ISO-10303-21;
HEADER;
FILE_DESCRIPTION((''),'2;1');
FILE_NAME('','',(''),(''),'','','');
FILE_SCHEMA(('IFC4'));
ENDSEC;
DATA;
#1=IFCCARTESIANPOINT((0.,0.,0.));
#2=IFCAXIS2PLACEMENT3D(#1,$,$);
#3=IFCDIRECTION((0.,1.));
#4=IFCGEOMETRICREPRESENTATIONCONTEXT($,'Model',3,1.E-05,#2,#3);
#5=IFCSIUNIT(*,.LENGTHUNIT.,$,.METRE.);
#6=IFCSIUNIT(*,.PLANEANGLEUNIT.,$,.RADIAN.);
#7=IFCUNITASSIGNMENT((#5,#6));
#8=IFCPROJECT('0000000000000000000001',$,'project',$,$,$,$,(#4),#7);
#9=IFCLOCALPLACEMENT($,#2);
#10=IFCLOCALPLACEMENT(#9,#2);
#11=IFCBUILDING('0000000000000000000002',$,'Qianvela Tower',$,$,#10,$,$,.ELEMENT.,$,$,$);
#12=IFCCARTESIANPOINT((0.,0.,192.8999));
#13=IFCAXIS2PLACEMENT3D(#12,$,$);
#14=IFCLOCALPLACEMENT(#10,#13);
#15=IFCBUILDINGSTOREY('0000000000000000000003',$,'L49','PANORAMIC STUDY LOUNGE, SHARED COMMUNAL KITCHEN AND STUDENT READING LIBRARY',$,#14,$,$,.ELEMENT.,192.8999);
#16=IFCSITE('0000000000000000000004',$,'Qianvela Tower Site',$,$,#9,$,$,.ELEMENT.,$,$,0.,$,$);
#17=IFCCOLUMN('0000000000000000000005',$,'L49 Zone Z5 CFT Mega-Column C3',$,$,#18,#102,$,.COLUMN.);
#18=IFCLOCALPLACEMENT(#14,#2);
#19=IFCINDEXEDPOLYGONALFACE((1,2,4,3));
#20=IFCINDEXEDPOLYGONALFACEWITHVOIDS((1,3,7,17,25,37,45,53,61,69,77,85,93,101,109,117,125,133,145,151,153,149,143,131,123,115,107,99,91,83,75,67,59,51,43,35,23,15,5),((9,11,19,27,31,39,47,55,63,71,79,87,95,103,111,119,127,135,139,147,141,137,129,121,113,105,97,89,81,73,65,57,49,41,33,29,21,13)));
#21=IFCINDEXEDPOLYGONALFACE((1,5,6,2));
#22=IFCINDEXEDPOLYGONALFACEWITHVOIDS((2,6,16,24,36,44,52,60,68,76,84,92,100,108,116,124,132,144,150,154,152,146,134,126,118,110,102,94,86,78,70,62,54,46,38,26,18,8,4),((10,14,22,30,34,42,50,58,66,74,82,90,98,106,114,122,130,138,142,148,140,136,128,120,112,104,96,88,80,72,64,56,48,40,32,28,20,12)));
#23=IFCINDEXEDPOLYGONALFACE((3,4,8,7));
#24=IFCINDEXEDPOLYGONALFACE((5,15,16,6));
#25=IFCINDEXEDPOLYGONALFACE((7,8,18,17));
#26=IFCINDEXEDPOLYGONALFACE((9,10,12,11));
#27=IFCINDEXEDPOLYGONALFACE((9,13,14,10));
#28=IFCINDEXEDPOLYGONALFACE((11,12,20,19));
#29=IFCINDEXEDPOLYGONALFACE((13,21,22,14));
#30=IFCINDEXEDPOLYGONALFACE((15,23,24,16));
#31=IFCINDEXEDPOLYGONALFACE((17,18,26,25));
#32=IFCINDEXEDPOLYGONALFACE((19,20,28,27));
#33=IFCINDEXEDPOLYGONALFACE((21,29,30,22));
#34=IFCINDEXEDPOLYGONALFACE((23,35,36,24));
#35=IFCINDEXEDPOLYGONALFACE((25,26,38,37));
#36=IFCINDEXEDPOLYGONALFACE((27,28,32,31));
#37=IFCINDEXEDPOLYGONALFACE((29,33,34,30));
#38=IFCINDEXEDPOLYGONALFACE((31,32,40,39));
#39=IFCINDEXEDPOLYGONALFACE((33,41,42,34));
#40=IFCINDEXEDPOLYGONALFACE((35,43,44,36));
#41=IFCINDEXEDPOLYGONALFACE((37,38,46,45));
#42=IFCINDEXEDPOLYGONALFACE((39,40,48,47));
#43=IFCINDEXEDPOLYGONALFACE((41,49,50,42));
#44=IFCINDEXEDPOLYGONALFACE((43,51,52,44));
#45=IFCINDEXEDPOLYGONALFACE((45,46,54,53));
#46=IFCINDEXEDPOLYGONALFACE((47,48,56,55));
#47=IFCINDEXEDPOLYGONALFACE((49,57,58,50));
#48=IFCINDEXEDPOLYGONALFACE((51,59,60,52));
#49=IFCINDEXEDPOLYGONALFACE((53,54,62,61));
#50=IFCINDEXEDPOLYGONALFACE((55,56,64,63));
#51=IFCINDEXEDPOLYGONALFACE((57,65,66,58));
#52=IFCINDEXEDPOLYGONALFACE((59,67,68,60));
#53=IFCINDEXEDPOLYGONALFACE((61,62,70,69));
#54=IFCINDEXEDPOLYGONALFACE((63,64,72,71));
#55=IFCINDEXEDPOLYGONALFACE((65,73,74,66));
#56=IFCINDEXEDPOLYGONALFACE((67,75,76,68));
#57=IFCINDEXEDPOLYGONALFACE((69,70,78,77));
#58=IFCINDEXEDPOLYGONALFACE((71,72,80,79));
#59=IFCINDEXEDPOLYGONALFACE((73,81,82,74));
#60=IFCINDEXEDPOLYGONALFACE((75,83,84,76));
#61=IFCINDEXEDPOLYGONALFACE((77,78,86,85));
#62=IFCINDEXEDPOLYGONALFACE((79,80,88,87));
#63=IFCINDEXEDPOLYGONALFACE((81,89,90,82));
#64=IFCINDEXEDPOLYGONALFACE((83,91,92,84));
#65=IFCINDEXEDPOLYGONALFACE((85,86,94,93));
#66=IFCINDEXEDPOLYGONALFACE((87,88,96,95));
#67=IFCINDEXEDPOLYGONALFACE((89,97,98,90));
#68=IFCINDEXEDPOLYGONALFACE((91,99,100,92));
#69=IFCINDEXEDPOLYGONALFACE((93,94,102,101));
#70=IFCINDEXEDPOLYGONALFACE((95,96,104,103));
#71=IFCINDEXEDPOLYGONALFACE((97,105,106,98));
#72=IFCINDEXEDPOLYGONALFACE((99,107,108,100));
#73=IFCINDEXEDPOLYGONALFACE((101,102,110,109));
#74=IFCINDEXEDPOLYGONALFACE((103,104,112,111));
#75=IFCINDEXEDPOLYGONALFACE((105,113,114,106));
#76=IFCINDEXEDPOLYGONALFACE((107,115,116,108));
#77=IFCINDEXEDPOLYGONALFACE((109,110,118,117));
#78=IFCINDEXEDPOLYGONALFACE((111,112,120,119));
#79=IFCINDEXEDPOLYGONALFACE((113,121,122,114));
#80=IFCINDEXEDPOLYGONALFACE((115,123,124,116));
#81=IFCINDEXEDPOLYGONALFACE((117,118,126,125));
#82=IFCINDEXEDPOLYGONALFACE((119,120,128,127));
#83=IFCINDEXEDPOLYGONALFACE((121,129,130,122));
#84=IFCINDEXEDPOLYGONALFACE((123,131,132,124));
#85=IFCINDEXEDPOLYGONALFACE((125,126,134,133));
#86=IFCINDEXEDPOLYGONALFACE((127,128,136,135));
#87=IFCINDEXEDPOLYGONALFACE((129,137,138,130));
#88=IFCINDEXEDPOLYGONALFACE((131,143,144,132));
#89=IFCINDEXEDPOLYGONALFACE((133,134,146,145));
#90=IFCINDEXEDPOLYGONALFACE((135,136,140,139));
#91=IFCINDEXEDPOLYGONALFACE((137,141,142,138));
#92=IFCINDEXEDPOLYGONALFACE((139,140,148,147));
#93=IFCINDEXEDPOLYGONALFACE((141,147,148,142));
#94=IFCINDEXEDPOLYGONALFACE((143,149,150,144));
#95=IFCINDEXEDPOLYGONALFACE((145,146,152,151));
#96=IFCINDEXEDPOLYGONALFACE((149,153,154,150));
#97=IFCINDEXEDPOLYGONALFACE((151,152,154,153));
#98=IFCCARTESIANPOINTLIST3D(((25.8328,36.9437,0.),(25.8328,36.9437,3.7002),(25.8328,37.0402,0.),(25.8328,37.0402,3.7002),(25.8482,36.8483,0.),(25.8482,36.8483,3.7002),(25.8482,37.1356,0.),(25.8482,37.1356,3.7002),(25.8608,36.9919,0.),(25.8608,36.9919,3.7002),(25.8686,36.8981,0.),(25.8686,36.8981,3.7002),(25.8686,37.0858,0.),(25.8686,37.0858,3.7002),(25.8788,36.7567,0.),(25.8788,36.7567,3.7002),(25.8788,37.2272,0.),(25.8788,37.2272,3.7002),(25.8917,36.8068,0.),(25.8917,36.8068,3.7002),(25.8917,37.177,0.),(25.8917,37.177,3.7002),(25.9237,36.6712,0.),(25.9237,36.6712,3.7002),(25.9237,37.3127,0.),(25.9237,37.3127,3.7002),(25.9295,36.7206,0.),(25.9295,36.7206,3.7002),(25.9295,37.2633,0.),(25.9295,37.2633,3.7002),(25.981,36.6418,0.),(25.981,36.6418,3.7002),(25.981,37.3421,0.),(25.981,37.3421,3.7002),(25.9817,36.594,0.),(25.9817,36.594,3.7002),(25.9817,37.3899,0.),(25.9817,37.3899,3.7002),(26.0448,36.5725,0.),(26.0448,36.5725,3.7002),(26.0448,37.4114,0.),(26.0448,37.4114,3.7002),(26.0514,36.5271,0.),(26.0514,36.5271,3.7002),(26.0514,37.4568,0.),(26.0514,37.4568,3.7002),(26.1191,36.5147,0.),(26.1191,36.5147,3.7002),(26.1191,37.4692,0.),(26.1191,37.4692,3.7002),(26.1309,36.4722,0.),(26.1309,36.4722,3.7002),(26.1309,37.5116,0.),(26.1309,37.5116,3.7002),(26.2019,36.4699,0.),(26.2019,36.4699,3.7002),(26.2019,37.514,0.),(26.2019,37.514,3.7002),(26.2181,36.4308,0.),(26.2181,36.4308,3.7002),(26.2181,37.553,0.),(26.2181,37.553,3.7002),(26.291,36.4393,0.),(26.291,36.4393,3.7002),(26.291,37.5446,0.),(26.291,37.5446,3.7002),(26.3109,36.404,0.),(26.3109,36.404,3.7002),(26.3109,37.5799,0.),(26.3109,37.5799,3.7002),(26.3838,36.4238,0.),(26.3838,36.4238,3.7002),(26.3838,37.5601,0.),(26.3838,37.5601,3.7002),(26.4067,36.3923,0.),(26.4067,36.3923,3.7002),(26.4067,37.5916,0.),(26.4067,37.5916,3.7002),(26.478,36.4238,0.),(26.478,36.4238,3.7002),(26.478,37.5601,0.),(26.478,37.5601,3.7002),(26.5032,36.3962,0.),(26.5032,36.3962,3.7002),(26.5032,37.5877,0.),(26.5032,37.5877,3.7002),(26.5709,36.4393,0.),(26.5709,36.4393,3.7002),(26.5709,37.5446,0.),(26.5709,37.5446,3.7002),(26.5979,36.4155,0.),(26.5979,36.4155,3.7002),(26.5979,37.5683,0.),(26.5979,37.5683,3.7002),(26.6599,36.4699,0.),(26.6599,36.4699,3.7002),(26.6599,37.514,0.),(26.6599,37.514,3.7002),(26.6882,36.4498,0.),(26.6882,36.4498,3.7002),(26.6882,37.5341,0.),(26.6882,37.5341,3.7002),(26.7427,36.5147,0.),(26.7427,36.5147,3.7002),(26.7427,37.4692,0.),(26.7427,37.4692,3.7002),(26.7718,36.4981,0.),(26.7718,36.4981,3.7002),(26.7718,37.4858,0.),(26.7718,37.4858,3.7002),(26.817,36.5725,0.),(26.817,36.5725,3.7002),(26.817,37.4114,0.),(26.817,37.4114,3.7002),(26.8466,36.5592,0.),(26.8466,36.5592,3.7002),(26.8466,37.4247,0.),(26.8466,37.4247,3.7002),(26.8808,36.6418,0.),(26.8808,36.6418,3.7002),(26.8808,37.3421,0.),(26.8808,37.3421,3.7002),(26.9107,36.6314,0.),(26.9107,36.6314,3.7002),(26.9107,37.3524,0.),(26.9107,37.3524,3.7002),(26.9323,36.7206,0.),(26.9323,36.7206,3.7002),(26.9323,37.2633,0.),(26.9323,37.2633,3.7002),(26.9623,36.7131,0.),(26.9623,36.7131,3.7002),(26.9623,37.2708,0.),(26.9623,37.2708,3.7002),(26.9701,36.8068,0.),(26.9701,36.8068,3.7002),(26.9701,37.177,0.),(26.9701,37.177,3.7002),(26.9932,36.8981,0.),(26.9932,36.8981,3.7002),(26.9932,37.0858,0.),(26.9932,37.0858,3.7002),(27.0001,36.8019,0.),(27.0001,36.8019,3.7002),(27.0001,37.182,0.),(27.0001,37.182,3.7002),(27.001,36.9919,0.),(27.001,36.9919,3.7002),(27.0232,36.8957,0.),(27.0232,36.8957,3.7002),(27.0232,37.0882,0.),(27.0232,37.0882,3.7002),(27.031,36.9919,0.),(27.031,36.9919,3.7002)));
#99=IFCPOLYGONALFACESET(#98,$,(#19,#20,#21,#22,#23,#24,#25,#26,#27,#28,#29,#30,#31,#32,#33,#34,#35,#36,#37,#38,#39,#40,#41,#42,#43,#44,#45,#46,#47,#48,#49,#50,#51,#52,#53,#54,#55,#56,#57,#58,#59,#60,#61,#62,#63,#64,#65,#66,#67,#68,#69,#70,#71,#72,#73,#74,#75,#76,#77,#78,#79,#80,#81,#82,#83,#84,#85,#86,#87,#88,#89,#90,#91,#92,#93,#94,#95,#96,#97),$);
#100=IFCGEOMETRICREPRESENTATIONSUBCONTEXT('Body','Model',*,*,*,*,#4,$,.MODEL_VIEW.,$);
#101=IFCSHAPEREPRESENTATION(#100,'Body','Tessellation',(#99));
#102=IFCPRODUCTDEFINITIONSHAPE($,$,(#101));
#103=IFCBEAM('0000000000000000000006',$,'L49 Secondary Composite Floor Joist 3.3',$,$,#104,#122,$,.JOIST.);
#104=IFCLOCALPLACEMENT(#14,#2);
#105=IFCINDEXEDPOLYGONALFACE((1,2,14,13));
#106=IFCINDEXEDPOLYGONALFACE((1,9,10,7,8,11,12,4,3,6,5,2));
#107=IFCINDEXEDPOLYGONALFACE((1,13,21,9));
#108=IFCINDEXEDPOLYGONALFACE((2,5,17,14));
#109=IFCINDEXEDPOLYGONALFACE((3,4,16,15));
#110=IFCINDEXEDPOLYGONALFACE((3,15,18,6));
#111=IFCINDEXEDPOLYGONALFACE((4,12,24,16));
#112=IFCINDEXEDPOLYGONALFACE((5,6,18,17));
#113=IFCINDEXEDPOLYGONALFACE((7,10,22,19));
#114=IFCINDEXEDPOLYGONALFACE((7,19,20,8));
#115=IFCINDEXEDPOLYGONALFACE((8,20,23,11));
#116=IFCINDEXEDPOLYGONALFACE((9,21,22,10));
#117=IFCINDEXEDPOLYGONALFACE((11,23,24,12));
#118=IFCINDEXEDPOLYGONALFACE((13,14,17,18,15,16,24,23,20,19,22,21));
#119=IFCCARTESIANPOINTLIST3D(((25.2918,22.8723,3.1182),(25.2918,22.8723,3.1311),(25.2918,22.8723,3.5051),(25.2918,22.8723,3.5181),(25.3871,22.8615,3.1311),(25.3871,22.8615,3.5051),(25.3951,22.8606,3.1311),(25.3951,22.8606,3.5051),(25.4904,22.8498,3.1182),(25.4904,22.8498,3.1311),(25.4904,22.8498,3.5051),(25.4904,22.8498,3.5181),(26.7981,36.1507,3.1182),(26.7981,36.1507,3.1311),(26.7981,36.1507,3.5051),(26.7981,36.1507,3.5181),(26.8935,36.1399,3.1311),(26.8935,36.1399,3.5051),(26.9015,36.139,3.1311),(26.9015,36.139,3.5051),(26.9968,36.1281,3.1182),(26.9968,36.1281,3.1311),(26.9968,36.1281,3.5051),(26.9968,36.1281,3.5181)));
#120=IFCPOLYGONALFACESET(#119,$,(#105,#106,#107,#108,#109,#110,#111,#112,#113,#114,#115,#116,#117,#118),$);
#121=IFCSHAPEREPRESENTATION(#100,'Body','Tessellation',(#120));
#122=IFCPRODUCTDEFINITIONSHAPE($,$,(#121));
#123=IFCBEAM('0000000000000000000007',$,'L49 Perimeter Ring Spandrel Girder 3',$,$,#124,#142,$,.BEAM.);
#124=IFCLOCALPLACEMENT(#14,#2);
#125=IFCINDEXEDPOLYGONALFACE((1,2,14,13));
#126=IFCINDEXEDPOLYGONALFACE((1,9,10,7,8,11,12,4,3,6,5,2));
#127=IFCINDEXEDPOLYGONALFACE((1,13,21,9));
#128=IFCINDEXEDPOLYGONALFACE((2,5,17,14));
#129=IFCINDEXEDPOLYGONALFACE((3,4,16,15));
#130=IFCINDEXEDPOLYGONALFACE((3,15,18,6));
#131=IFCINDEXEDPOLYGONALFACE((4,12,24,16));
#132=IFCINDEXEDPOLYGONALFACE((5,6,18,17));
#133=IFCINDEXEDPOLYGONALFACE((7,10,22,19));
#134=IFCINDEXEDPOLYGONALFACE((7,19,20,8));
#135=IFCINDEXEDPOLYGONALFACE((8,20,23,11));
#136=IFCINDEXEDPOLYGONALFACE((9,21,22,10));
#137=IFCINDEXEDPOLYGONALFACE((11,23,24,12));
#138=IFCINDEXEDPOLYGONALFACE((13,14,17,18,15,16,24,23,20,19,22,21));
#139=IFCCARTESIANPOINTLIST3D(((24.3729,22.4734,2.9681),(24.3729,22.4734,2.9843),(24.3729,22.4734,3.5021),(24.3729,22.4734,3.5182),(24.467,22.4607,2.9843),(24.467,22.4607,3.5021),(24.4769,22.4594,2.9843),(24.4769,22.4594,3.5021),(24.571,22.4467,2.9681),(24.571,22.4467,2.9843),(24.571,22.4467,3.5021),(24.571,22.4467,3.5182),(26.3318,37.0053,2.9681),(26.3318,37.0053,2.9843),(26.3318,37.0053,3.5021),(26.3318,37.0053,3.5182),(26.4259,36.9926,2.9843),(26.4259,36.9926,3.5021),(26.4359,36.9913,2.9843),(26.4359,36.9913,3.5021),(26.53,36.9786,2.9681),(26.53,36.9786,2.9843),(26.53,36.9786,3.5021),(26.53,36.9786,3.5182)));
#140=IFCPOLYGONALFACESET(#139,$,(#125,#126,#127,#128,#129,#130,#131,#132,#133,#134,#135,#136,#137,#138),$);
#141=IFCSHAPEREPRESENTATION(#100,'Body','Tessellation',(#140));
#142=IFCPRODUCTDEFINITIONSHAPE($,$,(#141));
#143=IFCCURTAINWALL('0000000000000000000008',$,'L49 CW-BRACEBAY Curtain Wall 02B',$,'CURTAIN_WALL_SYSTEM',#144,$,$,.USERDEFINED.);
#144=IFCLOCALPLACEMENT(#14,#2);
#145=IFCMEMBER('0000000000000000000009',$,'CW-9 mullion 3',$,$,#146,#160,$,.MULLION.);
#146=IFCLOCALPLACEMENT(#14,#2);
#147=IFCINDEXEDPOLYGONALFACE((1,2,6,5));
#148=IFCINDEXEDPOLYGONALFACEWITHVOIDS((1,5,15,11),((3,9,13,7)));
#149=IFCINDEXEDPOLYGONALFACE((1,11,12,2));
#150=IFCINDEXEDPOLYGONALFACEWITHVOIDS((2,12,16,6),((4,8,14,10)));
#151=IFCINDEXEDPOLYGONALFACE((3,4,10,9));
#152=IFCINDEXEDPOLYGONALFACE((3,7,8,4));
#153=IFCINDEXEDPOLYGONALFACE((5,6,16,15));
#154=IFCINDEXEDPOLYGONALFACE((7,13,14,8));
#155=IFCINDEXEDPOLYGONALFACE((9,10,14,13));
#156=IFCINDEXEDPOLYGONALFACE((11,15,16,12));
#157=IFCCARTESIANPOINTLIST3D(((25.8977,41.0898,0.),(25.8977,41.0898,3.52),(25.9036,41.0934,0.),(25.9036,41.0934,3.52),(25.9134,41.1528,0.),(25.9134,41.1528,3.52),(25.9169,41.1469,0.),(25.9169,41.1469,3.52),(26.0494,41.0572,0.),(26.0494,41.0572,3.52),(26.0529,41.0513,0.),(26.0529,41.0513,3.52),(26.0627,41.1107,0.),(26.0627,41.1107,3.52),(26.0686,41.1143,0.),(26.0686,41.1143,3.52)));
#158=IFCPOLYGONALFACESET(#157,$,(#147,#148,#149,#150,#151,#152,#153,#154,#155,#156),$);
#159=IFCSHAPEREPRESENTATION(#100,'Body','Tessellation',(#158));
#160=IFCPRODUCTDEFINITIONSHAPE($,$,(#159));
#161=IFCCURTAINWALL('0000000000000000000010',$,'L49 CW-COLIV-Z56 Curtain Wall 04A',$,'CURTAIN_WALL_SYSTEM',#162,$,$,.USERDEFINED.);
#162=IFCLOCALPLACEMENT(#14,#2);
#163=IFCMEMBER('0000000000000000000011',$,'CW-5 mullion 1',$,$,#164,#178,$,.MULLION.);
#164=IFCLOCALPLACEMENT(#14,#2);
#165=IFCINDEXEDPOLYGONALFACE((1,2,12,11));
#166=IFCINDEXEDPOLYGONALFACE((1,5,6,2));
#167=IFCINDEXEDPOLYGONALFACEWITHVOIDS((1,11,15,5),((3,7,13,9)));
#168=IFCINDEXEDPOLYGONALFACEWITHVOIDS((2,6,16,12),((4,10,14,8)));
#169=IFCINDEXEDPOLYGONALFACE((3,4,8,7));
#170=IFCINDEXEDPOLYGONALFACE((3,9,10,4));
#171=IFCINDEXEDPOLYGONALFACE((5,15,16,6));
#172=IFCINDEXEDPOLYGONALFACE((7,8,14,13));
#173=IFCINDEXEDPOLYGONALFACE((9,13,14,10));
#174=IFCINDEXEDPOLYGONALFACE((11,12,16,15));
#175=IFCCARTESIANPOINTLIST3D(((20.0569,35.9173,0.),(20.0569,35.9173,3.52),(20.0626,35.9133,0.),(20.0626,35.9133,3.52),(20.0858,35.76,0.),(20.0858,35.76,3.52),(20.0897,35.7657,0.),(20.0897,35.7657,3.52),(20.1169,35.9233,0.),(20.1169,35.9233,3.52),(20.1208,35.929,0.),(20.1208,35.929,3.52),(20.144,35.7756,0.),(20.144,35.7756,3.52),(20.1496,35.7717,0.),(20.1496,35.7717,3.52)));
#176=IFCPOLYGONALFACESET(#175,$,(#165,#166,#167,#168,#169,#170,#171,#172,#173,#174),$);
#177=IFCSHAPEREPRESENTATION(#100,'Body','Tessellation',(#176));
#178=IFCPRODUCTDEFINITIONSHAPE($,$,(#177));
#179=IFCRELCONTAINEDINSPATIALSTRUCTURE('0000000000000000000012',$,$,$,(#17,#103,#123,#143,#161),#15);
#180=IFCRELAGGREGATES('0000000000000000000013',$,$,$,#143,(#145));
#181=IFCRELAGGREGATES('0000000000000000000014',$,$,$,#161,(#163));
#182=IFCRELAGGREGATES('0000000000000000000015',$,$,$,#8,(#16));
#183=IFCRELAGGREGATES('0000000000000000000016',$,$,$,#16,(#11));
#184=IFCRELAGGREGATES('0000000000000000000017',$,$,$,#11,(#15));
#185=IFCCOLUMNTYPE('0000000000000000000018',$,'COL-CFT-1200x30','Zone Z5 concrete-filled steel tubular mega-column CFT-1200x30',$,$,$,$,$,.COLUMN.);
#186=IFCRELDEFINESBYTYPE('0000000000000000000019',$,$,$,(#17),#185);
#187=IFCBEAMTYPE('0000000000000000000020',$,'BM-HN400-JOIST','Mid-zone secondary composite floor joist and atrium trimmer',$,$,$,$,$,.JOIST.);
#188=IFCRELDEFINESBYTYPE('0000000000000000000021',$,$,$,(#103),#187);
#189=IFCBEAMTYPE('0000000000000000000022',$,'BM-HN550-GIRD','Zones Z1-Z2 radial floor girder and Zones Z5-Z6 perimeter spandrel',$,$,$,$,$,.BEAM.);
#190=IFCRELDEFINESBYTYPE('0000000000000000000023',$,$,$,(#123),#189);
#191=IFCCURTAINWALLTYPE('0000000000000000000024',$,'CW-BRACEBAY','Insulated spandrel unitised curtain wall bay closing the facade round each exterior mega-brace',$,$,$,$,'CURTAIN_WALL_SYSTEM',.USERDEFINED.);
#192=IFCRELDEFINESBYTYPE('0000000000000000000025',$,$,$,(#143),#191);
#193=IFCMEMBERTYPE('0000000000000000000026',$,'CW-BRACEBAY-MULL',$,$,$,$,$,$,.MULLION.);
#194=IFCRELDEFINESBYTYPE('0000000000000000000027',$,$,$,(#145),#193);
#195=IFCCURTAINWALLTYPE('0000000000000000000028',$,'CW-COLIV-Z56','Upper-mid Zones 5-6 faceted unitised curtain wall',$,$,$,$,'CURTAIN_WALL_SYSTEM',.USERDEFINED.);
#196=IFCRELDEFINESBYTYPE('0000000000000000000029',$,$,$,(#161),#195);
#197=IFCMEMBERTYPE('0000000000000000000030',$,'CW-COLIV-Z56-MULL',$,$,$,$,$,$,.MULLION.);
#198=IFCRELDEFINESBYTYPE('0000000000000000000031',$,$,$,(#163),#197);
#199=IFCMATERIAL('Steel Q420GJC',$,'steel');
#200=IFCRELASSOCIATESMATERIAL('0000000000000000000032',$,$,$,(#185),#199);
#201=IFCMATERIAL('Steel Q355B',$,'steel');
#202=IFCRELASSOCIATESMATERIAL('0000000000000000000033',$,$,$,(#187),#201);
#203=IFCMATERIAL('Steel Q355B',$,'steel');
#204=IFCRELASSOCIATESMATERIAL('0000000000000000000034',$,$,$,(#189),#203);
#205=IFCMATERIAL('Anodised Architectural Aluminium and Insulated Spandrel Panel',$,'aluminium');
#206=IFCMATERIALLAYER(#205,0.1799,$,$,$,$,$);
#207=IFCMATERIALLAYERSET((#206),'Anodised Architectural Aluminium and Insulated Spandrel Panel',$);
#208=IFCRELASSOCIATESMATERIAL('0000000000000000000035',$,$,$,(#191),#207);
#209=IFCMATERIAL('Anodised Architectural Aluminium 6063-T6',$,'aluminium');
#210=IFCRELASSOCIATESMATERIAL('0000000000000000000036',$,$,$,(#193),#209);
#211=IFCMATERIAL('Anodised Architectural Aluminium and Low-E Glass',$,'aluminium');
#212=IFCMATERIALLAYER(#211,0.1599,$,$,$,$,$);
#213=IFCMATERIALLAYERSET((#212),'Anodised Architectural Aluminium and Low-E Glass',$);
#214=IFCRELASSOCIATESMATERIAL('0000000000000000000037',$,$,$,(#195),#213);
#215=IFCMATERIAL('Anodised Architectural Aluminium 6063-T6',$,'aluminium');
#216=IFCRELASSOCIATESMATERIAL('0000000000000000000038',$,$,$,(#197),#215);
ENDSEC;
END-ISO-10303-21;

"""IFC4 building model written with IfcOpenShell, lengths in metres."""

from ifc_helpers import new_model, si_unit, direction, frame, origin, origin_2d, place, context, subcontext, project, spatial, hollow_rectangle, hollow_circle, i_section, extrude, material, layer, layer_set, material_profile, profile_set, type_object, element, aggregate, save


model = new_model("IFC4")

# Units and contexts
model_context = context("Model", 3, precision=1e-05, world=origin(), true_north=direction((0.0, 1.0)))
body_context = subcontext(model_context, "Body", "Model", "MODEL_VIEW")
ifc_project = project(units=[si_unit("LENGTHUNIT", "METRE"), si_unit("PLANEANGLEUNIT", "RADIAN")], contexts=[model_context])

# Site, building, storey
site_placement = place(None, origin())
site = spatial("IfcSite", under=ifc_project, at=site_placement, Name="Qianvela Tower Site", CompositionType="ELEMENT", RefElevation=0.0)
building_placement = place(site_placement, origin())
building = spatial("IfcBuilding", under=site, at=building_placement, Name="Qianvela Tower", CompositionType="ELEMENT")
storey_placement = place(building_placement, frame((0.0, 0.0, 192.8999)))
storey = spatial("IfcBuildingStorey", under=building, at=storey_placement, Name="L49", Description="PANORAMIC STUDY LOUNGE, SHARED COMMUNAL KITCHEN AND STUDENT READING LIBRARY", CompositionType="ELEMENT", Elevation=192.8999)

# Column
ifc_material_1 = material(Name="Steel Q420GJC", Category="steel")
ifc_material_profile_1 = material_profile(ifc_material_1, hollow_circle(Radius=0.6001, WallThickness=0.03, at=origin_2d()), Name="CFT-1200x30")
ifc_profile_set_1 = profile_set([ifc_material_profile_1], Name="Steel Q420GJC")
column_type = type_object("IfcColumnType", Name="COL-CFT-1200x30", Description="Zone Z5 concrete-filled steel tubular mega-column CFT-1200x30", PredefinedType="COLUMN", material=ifc_profile_set_1)
column_placement = place(storey_placement, frame((26.4309, 36.9919, 0.0), z_axis=(0.0, 0.0, 1.0), x_axis=(1.0, 0.0, 0.0)))
element("IfcColumn", 1, at=column_placement, inside=storey, type_object=column_type, Name="L49 Zone Z5 CFT Mega-Column C3", PredefinedType="COLUMN", context=body_context, shape_type="SweptSolid", body=[
    extrude(hollow_circle(Radius=0.6001, WallThickness=0.03, at=origin_2d()), origin(), (0.0, 0.0, 1.0), 3.7002),
])

# Beams
ifc_material_2 = material(Name="Steel Q355B", Category="steel")
ifc_material_profile_2 = material_profile(ifc_material_2, i_section(OverallWidth=0.2, OverallDepth=0.3999, WebThickness=0.0081, FlangeThickness=0.0129, at=origin_2d()), Name="HN400x200x8x13")
ifc_profile_set_2 = profile_set([ifc_material_profile_2], Name="Steel Q355B")
beam_type_1 = type_object("IfcBeamType", Name="BM-HN400-JOIST", Description="Mid-zone secondary composite floor joist and atrium trimmer", PredefinedType="JOIST", material=ifc_profile_set_2)
beam_1_placement = place(storey_placement, frame((26.8975, 36.1394, 3.3181), z_axis=(-0.112721, -0.993627, 0.0), x_axis=(0.993627, -0.112721, 0.0)))
element("IfcBeam", 2, at=beam_1_placement, inside=storey, type_object=beam_type_1, Name="L49 Secondary Composite Floor Joist 3.3", PredefinedType="JOIST", context=body_context, shape_type="SweptSolid", body=[
    extrude(i_section(OverallWidth=0.2, OverallDepth=0.3999, WebThickness=0.0081, FlangeThickness=0.0129, at=origin_2d()), origin(), (0.0, 0.0, 1.0), 13.3635),
])
ifc_material_3 = material(Name="Steel Q355B", Category="steel")
ifc_material_profile_3 = material_profile(ifc_material_3, i_section(OverallWidth=0.2, OverallDepth=0.55, WebThickness=0.01, FlangeThickness=0.0161, at=origin_2d()), Name="HN550x200x10x16")
ifc_profile_set_3 = profile_set([ifc_material_profile_3], Name="Steel Q355B")
beam_type_2 = type_object("IfcBeamType", Name="BM-HN550-GIRD", Description="Zones Z1-Z2 radial floor girder and Zones Z5-Z6 perimeter spandrel", PredefinedType="BEAM", material=ifc_profile_set_3)
beam_2_placement = place(storey_placement, frame((26.4309, 36.9919, 3.2432), z_axis=(-0.133597, -0.991036, 0.0), x_axis=(0.991036, -0.133597, 0.0)))
element("IfcBeam", 3, at=beam_2_placement, inside=storey, type_object=beam_type_2, Name="L49 Perimeter Ring Spandrel Girder 3", PredefinedType="BEAM", context=body_context, shape_type="SweptSolid", body=[
    extrude(i_section(OverallWidth=0.2, OverallDepth=0.55, WebThickness=0.01, FlangeThickness=0.0161, at=origin_2d()), origin(), (0.0, 0.0, 1.0), 14.6633),
])

# Curtain wall, member
ifc_material_4 = material(Name="Anodised Architectural Aluminium and Insulated Spandrel Panel", Category="aluminium")
ifc_layer_1 = layer(ifc_material_4, 0.1799)
ifc_layer_set_1 = layer_set([ifc_layer_1], Name="Anodised Architectural Aluminium and Insulated Spandrel Panel")
curtain_wall_type_1 = type_object("IfcCurtainWallType", Name="CW-BRACEBAY", Description="Insulated spandrel unitised curtain wall bay closing the facade round each exterior mega-brace", ElementType="CURTAIN_WALL_SYSTEM", PredefinedType="USERDEFINED", material=ifc_layer_set_1)
curtain_wall_1_placement = place(storey_placement, origin())
curtain_wall_1 = element("IfcCurtainWall", 4, at=curtain_wall_1_placement, inside=storey, type_object=curtain_wall_type_1, Name="L49 CW-BRACEBAY Curtain Wall 02B", ObjectType="CURTAIN_WALL_SYSTEM", PredefinedType="USERDEFINED")
ifc_material_5 = material(Name="Anodised Architectural Aluminium 6063-T6", Category="aluminium")
ifc_material_profile_4 = material_profile(ifc_material_5, hollow_rectangle(XDim=0.0649, YDim=0.1599, WallThickness=0.0049, at=origin_2d()), Name="ALU-MULL-65x160")
ifc_profile_set_4 = profile_set([ifc_material_profile_4], Name="Anodised Architectural Aluminium 6063-T6")
member_type_1 = type_object("IfcMemberType", Name="CW-BRACEBAY-MULL", PredefinedType="MULLION", material=ifc_profile_set_4)
member_1_placement = place(storey_placement, frame((25.9832, 41.1021, 0.0), z_axis=(0.0, 0.0, 1.0), x_axis=(-0.241124, -0.970494, 0.0)))
member_1 = element("IfcMember", 5, at=member_1_placement, type_object=member_type_1, Name="CW-9 mullion 3", PredefinedType="MULLION", context=body_context, shape_type="SweptSolid", body=[
    extrude(hollow_rectangle(XDim=0.0649, YDim=0.1599, WallThickness=0.0049, at=origin_2d()), origin(), (0.0, 0.0, 1.0), 3.52),
])
aggregate(curtain_wall_1, [member_1])

# Curtain wall, member
ifc_material_6 = material(Name="Anodised Architectural Aluminium and Low-E Glass", Category="aluminium")
ifc_layer_2 = layer(ifc_material_6, 0.1599)
ifc_layer_set_2 = layer_set([ifc_layer_2], Name="Anodised Architectural Aluminium and Low-E Glass")
curtain_wall_type_2 = type_object("IfcCurtainWallType", Name="CW-COLIV-Z56", Description="Upper-mid Zones 5-6 faceted unitised curtain wall", ElementType="CURTAIN_WALL_SYSTEM", PredefinedType="USERDEFINED", material=ifc_layer_set_2)
curtain_wall_2_placement = place(storey_placement, origin())
curtain_wall_2 = element("IfcCurtainWall", 6, at=curtain_wall_2_placement, inside=storey, type_object=curtain_wall_type_2, Name="L49 CW-COLIV-Z56 Curtain Wall 04A", ObjectType="CURTAIN_WALL_SYSTEM", PredefinedType="USERDEFINED")
ifc_material_7 = material(Name="Anodised Architectural Aluminium 6063-T6", Category="aluminium")
ifc_material_profile_5 = material_profile(ifc_material_7, hollow_rectangle(XDim=0.0649, YDim=0.1599, WallThickness=0.0049, at=origin_2d()), Name="ALU-MULL-65x160")
ifc_profile_set_5 = profile_set([ifc_material_profile_5], Name="Anodised Architectural Aluminium 6063-T6")
member_type_2 = type_object("IfcMemberType", Name="CW-COLIV-Z56-MULL", PredefinedType="MULLION", material=ifc_profile_set_5)
member_2_placement = place(storey_placement, frame((20.1033, 35.8445, 0.0), z_axis=(0.0, 0.0, 1.0), x_axis=(0.983572, 0.180518, 0.0)))
member_2 = element("IfcMember", 7, at=member_2_placement, type_object=member_type_2, Name="CW-5 mullion 1", PredefinedType="MULLION", context=body_context, shape_type="SweptSolid", body=[
    extrude(hollow_rectangle(XDim=0.0649, YDim=0.1599, WallThickness=0.0049, at=origin_2d()), origin(), (0.0, 0.0, 1.0), 3.52),
])
aggregate(curtain_wall_2, [member_2])

save(model, "model.ifc")
